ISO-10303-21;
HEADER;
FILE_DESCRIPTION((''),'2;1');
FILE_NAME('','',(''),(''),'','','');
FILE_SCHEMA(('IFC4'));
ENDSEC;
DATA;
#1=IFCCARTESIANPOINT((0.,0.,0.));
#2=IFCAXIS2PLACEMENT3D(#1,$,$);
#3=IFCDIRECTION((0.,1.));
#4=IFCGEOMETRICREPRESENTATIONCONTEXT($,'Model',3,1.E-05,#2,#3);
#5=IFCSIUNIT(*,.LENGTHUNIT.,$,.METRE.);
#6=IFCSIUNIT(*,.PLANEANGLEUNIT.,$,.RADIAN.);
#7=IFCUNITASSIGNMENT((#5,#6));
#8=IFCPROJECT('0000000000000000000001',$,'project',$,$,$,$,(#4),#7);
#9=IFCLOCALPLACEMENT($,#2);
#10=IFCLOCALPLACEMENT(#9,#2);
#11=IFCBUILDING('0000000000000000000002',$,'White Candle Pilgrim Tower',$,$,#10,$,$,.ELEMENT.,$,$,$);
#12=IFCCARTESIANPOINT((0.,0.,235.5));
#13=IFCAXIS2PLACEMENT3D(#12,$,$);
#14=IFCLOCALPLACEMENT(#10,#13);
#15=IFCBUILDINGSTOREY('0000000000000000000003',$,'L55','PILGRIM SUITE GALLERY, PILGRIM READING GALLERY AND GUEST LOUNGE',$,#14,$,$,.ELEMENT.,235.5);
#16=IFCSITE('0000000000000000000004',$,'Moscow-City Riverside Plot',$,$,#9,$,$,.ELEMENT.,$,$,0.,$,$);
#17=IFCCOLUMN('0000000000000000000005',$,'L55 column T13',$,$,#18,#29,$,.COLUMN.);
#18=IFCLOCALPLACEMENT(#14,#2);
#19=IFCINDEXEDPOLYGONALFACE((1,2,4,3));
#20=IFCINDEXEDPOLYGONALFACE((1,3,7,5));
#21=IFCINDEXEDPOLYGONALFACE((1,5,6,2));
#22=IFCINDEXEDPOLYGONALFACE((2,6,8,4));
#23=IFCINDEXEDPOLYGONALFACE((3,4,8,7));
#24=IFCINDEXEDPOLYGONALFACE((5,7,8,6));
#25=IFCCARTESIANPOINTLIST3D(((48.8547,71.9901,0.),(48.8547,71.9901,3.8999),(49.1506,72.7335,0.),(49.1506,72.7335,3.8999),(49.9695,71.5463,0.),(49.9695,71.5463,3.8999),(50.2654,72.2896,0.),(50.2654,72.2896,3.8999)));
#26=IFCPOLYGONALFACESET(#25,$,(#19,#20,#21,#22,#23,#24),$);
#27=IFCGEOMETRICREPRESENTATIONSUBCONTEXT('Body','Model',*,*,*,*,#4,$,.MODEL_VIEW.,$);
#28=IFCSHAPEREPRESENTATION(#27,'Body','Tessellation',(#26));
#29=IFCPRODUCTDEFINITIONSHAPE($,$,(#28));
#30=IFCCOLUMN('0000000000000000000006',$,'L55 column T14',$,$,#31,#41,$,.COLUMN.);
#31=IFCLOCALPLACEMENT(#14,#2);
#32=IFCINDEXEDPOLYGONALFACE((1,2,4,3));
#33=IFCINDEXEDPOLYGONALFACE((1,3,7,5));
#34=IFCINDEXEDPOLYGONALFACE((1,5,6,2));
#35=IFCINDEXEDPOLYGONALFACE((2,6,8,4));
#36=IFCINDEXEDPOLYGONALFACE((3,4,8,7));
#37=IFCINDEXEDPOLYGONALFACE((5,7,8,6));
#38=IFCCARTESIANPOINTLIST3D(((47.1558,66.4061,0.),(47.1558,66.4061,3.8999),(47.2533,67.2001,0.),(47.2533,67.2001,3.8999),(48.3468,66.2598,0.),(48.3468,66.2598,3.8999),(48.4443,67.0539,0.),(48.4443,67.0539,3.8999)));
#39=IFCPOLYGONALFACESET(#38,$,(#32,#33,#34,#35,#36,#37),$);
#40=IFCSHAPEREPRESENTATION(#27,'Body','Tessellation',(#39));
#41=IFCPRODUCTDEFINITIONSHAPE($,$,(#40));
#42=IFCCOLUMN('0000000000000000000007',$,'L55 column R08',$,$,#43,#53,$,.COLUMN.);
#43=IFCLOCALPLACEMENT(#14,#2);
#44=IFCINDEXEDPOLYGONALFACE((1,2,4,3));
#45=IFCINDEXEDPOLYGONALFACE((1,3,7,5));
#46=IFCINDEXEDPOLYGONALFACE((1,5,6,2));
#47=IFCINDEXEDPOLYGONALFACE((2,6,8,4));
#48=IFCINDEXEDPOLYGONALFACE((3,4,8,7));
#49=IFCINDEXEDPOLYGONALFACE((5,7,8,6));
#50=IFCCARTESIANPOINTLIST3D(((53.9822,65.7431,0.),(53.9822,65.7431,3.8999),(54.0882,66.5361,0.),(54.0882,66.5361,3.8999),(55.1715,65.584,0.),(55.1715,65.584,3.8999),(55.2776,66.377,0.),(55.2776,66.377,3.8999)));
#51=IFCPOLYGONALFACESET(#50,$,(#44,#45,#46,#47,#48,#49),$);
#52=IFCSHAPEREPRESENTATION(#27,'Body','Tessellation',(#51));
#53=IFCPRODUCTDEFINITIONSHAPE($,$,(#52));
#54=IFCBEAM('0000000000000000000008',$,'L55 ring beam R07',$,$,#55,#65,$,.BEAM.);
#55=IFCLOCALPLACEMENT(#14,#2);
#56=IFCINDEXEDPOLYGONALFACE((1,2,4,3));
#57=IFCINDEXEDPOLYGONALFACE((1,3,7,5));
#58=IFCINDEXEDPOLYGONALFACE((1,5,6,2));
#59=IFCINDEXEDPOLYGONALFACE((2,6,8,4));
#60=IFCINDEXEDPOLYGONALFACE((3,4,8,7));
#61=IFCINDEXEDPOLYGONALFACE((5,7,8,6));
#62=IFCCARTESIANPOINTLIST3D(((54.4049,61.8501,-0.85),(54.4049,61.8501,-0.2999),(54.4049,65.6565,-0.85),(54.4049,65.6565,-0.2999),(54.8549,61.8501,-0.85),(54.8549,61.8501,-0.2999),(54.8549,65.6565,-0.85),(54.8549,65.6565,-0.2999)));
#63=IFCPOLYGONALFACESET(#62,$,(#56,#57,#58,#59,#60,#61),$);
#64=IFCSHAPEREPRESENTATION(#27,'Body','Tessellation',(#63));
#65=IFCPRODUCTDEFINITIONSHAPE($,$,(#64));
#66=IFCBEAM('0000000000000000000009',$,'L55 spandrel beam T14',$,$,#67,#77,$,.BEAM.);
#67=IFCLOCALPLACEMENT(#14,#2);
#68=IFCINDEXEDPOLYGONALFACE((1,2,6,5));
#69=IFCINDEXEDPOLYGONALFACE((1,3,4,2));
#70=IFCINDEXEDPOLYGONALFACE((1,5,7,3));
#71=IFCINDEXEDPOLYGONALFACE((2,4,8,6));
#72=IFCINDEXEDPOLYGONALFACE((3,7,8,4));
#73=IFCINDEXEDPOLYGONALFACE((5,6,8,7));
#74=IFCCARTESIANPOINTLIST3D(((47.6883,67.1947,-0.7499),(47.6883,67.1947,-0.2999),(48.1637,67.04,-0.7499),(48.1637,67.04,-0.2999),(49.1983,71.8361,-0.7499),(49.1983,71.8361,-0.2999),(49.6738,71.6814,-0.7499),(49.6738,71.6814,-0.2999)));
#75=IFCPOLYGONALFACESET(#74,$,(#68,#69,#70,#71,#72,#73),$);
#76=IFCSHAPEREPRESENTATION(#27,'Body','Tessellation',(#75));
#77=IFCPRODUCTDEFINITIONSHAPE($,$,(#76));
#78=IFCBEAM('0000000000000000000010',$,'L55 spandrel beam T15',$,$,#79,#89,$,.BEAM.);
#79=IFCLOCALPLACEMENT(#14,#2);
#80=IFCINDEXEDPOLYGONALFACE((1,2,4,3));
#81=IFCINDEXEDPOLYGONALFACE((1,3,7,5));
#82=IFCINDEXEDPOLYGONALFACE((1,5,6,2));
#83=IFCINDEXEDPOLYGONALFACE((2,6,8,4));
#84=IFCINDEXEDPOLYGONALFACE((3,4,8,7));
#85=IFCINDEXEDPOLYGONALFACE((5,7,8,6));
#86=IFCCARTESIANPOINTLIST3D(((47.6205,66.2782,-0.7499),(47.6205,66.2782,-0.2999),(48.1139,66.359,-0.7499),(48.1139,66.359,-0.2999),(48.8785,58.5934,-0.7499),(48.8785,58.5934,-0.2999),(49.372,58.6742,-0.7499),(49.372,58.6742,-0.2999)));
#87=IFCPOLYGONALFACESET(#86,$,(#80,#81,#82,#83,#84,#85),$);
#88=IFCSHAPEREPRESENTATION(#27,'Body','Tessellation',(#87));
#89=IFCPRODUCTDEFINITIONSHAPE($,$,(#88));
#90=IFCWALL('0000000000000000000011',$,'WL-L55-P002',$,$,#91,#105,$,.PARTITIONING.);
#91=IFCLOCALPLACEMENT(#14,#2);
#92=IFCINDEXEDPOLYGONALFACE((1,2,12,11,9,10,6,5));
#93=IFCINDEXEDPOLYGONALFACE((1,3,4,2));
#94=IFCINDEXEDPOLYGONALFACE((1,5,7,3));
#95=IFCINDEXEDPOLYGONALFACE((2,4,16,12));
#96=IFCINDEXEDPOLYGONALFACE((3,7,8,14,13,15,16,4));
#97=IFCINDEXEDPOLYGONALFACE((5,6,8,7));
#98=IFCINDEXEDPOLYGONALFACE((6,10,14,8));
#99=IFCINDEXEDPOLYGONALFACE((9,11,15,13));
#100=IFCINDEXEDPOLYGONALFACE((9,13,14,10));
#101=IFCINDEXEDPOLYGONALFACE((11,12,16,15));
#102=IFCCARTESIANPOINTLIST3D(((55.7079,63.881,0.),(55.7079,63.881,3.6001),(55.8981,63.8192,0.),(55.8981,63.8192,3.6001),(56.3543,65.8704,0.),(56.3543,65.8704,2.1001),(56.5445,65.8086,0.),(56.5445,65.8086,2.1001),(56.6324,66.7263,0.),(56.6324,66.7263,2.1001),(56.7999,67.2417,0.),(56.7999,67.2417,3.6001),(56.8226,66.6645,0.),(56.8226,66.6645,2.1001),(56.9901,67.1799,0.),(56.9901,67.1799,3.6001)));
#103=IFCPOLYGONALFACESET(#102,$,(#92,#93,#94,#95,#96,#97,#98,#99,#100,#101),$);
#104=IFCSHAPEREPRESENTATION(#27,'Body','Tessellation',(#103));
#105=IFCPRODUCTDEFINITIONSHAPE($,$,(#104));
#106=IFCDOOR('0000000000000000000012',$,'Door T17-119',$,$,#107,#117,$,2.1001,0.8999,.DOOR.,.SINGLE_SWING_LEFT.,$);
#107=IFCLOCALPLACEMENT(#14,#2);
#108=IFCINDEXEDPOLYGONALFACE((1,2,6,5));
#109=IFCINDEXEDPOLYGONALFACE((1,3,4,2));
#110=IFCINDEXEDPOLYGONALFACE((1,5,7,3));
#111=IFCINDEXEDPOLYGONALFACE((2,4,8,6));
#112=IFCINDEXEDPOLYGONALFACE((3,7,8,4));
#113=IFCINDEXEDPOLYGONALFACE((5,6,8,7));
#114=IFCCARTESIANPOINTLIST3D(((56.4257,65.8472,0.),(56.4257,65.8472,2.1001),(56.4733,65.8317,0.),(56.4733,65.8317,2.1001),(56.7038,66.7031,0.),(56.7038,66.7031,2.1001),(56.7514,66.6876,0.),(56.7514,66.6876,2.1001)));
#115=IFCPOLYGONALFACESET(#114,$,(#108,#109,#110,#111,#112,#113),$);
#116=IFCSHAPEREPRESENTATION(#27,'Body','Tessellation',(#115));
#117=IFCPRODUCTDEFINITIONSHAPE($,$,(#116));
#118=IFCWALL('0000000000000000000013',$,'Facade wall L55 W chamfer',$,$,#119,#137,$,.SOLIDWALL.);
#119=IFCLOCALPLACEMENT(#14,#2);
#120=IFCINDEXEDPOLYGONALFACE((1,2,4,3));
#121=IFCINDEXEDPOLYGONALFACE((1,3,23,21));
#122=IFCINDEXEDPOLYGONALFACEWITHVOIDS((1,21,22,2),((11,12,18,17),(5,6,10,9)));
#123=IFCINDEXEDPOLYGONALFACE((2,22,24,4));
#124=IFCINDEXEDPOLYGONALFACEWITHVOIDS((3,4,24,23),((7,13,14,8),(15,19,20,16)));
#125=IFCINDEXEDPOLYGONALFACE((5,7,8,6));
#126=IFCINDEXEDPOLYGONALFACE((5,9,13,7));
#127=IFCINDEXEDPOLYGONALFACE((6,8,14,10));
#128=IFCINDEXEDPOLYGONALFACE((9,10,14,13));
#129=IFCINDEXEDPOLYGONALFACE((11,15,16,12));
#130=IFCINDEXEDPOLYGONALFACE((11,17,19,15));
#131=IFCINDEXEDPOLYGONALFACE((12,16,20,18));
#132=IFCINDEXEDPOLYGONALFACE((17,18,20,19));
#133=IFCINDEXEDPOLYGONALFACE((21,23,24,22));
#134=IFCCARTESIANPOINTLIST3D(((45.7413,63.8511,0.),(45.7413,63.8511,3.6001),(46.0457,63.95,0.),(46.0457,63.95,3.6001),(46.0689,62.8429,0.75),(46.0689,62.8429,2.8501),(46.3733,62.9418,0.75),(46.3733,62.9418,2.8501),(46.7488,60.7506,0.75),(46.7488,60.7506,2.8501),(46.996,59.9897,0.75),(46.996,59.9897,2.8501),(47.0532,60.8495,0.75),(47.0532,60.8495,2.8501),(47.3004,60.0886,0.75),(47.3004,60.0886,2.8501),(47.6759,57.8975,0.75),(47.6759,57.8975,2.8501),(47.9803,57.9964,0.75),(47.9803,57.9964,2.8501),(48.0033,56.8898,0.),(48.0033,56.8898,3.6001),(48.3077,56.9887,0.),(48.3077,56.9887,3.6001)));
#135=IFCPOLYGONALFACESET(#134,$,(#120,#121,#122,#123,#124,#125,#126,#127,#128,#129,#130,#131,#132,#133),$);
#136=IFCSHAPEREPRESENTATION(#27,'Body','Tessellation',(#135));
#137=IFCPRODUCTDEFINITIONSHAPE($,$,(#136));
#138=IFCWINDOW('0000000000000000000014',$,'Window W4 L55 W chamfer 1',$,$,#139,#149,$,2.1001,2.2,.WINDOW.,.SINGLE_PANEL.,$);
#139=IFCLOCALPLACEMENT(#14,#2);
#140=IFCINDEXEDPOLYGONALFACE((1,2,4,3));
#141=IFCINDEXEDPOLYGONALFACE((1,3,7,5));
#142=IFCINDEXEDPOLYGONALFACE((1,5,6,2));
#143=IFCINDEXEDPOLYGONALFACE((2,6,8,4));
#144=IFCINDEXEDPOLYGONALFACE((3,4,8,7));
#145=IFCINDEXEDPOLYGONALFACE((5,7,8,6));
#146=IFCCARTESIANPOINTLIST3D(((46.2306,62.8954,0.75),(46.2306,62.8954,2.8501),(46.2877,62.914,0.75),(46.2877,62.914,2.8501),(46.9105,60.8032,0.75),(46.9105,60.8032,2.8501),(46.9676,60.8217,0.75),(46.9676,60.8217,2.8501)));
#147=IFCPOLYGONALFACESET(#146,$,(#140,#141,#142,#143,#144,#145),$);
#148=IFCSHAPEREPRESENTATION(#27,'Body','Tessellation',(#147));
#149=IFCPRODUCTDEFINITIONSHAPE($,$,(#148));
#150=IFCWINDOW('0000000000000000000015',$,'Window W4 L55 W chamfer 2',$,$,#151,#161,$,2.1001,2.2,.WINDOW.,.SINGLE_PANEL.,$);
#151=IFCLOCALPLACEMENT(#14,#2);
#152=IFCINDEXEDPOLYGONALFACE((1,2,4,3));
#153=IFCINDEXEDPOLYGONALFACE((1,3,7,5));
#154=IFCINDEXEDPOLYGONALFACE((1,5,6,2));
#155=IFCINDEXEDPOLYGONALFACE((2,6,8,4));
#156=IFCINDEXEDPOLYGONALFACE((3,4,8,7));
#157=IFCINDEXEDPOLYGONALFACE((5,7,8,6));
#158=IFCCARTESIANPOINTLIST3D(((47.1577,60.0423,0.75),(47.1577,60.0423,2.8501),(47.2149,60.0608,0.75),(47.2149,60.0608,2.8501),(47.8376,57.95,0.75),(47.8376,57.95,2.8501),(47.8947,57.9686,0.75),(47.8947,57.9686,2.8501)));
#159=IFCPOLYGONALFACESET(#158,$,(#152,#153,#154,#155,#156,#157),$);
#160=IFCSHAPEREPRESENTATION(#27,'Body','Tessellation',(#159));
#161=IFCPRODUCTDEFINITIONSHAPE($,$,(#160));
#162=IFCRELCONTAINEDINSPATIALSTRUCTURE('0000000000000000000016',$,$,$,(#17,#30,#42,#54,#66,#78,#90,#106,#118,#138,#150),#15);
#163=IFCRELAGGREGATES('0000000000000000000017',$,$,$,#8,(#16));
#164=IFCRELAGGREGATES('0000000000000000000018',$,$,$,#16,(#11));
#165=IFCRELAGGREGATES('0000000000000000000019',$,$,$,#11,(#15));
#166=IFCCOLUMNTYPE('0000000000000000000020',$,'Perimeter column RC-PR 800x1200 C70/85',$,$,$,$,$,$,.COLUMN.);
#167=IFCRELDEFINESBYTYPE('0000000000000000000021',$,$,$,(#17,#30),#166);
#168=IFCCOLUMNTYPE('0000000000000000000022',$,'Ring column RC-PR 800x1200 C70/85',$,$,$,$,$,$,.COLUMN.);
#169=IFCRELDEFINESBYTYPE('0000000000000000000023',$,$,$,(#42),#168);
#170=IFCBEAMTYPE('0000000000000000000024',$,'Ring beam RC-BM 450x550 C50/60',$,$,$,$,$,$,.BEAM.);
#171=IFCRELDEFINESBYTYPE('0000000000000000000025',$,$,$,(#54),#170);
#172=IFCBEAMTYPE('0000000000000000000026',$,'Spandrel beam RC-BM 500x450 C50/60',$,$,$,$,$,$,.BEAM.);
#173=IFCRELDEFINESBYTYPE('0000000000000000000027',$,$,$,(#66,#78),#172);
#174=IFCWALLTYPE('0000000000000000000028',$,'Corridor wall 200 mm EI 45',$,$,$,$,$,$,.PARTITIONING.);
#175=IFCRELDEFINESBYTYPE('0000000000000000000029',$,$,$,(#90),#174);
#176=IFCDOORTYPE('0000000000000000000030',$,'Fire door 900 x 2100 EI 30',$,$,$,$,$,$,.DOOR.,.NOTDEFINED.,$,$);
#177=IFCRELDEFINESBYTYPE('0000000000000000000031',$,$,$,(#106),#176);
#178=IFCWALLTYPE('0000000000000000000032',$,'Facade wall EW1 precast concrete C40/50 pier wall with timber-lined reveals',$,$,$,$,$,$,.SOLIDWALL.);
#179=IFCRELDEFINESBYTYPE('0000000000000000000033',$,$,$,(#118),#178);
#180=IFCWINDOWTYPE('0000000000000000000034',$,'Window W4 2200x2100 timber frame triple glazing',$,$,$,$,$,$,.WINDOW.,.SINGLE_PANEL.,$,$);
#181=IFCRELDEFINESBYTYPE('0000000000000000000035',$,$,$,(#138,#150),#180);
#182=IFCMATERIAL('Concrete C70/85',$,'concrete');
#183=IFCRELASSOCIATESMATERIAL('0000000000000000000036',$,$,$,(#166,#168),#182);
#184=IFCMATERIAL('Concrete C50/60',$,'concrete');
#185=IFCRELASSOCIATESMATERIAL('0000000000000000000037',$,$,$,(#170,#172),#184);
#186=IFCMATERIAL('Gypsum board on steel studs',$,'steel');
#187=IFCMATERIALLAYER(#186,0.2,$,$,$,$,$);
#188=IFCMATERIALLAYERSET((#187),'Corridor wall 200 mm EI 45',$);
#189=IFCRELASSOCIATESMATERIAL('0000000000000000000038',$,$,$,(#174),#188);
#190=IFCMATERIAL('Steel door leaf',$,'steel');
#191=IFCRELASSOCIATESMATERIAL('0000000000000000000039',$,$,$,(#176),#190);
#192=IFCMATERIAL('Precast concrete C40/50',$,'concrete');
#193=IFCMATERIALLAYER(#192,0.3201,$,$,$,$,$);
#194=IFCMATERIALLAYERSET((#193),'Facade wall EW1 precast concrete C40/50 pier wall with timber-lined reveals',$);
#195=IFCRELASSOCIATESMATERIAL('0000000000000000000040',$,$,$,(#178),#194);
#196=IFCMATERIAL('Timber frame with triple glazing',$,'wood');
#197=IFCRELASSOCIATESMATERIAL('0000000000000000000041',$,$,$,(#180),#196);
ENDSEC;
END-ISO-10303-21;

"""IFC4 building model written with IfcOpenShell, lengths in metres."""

from ifc_helpers import new_model, si_unit, direction, frame, frame_2d, origin, origin_2d, place, context, subcontext, project, spatial, rectangle, extrude, material, layer, layer_set, material_profile, profile_set, type_object, element, fill, save


model = new_model("IFC4")

# Units and contexts
model_context = context("Model", 3, precision=1e-05, world=origin(), true_north=direction((0.0, 1.0)))
body_context = subcontext(model_context, "Body", "Model", "MODEL_VIEW")
ifc_project = project(units=[si_unit("LENGTHUNIT", "METRE"), si_unit("PLANEANGLEUNIT", "RADIAN")], contexts=[model_context])

# Site, building, storey
site_placement = place(None, origin())
site = spatial("IfcSite", under=ifc_project, at=site_placement, Name="Moscow-City Riverside Plot", CompositionType="ELEMENT", RefElevation=0.0)
building_placement = place(site_placement, origin())
building = spatial("IfcBuilding", under=site, at=building_placement, Name="White Candle Pilgrim Tower", CompositionType="ELEMENT")
storey_placement = place(building_placement, frame((0.0, 0.0, 235.5)))
storey = spatial("IfcBuildingStorey", under=building, at=storey_placement, Name="L55", Description="PILGRIM SUITE GALLERY, PILGRIM READING GALLERY AND GUEST LOUNGE", CompositionType="ELEMENT", Elevation=235.5)

# Columns
ifc_material_1 = material(Name="Concrete C70/85", Category="concrete")
ifc_material_profile_1 = material_profile(ifc_material_1, rectangle(XDim=0.8, YDim=1.2, at=origin_2d()), Name="RC-PR 800x1200")
ifc_profile_set_1 = profile_set([ifc_material_profile_1], Name="Concrete C70/85")
column_type_1 = type_object("IfcColumnType", Name="Perimeter column RC-PR 800x1200 C70/85", PredefinedType="COLUMN", material=ifc_profile_set_1)
for number, where, z_axis, x_axis, name in (
    (1, (49.5601, 72.1399, 0.0), (0.0, 0.0, 1.0), (0.36986, 0.929087, 0.0), "L55 column T13"),
    (2, (47.8, 66.73, 0.0), (0.0, 0.0, 1.0), (0.121869, 0.992546, 0.0), "L55 column T14"),
):
    element("IfcColumn", number, at=place(storey_placement, frame(where, z_axis=z_axis, x_axis=x_axis)), inside=storey, type_object=column_type_1, Name=name, PredefinedType="COLUMN", context=body_context, shape_type="SweptSolid", body=[
        extrude(rectangle(XDim=0.8, YDim=1.2, at=origin_2d()), origin(), (0.0, 0.0, 1.0), 3.8999),
    ])
ifc_material_profile_2 = material_profile(ifc_material_1, rectangle(XDim=0.8, YDim=1.2, at=origin_2d()), Name="RC-PR 800x1200")
ifc_profile_set_2 = profile_set([ifc_material_profile_2], Name="Concrete C70/85")
column_type_2 = type_object("IfcColumnType", Name="Ring column RC-PR 800x1200 C70/85", PredefinedType="COLUMN", material=ifc_profile_set_2)
column_placement = place(storey_placement, frame((54.6299, 66.0601, 0.0), z_axis=(0.0, 0.0, 1.0), x_axis=(0.132602, 0.991169, 0.0)))
element("IfcColumn", 3, at=column_placement, inside=storey, type_object=column_type_2, Name="L55 column R08", PredefinedType="COLUMN", context=body_context, shape_type="SweptSolid", body=[
    extrude(rectangle(XDim=0.8, YDim=1.2, at=origin_2d()), origin(), (0.0, 0.0, 1.0), 3.8999),
])

# Beams
ifc_material_2 = material(Name="Concrete C50/60", Category="concrete")
ifc_material_profile_3 = material_profile(ifc_material_2, rectangle(XDim=0.45, YDim=0.55, at=origin_2d()), Name="RC-BM 450x550")
ifc_profile_set_3 = profile_set([ifc_material_profile_3], Name="Concrete C50/60")
beam_type_1 = type_object("IfcBeamType", Name="Ring beam RC-BM 450x550 C50/60", PredefinedType="BEAM", material=ifc_profile_set_3)
beam_1_placement = place(storey_placement, frame((54.6299, 65.6565, -0.575), z_axis=(0.0, -1.0, 0.0), x_axis=(1.0, 0.0, 0.0)))
element("IfcBeam", 4, at=beam_1_placement, inside=storey, type_object=beam_type_1, Name="L55 ring beam R07", PredefinedType="BEAM", context=body_context, shape_type="SweptSolid", body=[
    extrude(rectangle(XDim=0.45, YDim=0.55, at=origin_2d()), origin(), (0.0, 0.0, 1.0), 3.8064),
])
ifc_material_profile_4 = material_profile(ifc_material_2, rectangle(XDim=0.5, YDim=0.45, at=origin_2d()), Name="RC-BM 500x450")
ifc_profile_set_4 = profile_set([ifc_material_profile_4], Name="Concrete C50/60")
beam_type_2 = type_object("IfcBeamType", Name="Spandrel beam RC-BM 500x450 C50/60", PredefinedType="BEAM", material=ifc_profile_set_4)
beam_2_placement = place(storey_placement, frame((49.436, 71.7588, -0.5249), z_axis=(-0.309377, -0.95094, 0.0), x_axis=(0.95094, -0.309377, 0.0)))
element("IfcBeam", 5, at=beam_2_placement, inside=storey, type_object=beam_type_2, Name="L55 spandrel beam T14", PredefinedType="BEAM", context=body_context, shape_type="SweptSolid", body=[
    extrude(rectangle(XDim=0.5, YDim=0.45, at=origin_2d()), origin(), (0.0, 0.0, 1.0), 4.8809),
])
beam_3_placement = place(storey_placement, frame((47.8672, 66.3186, -0.5249), z_axis=(0.161556, -0.986863, 0.0), x_axis=(0.986863, 0.161556, 0.0)))
element("IfcBeam", 6, at=beam_3_placement, inside=storey, type_object=beam_type_2, Name="L55 spandrel beam T15", PredefinedType="BEAM", context=body_context, shape_type="SweptSolid", body=[
    extrude(rectangle(XDim=0.5, YDim=0.45, at=origin_2d()), origin(), (0.0, 0.0, 1.0), 7.7871),
])

# Wall, opening, door
ifc_material_3 = material(Name="Gypsum board on steel studs", Category="steel")
ifc_layer_1 = layer(ifc_material_3, 0.2)
ifc_layer_set_1 = layer_set([ifc_layer_1], Name="Corridor wall 200 mm EI 45")
wall_type_1 = type_object("IfcWallType", Name="Corridor wall 200 mm EI 45", PredefinedType="PARTITIONING", material=ifc_layer_set_1)
wall_1_placement = place(storey_placement, frame((55.803, 63.8501, 0.0), z_axis=(0.0, 0.0, 1.0), x_axis=(0.309027, 0.951053, 0.0)))
wall_1 = element("IfcWall", 7, at=wall_1_placement, inside=storey, type_object=wall_type_1, Name="WL-L55-P002", PredefinedType="PARTITIONING", context=body_context, shape_type="SweptSolid", body=[
    extrude(rectangle(XDim=3.5337, YDim=0.2, at=frame_2d((1.7668, 0.0))), origin(), (0.0, 0.0, 1.0), 3.6001),
])
opening_1_placement = place(wall_1_placement, frame((2.0918, 0.0, 0.0)))
opening_1 = element("IfcOpeningElement", 8, at=opening_1_placement, cuts=wall_1, PredefinedType="OPENING", context=body_context, shape_type="SweptSolid", body=[
    extrude(rectangle(XDim=0.8999, YDim=2.1001, at=frame_2d((0.45, 1.05))), frame((0.0, 0.1099, 0.0), z_axis=(0.0, -1.0, 0.0), x_axis=(1.0, 0.0, 0.0)), (0.0, 0.0, 1.0), 0.22),
])
ifc_material_4 = material(Name="Steel door leaf", Category="steel")
door_type_1 = type_object("IfcDoorType", Name="Fire door 900 x 2100 EI 30", OperationType="NOTDEFINED", PredefinedType="DOOR", material=ifc_material_4)
door_1_placement = place(opening_1_placement, origin())
door_1 = element("IfcDoor", 9, at=door_1_placement, inside=storey, type_object=door_type_1, Name="Door T17-119", OperationType="SINGLE_SWING_LEFT", OverallHeight=2.1001, OverallWidth=0.8999, PredefinedType="DOOR", context=body_context, shape_type="SweptSolid", body=[
    extrude(rectangle(XDim=0.8999, YDim=2.1001, at=frame_2d((0.45, 1.05))), frame((0.0, 0.0249, 0.0), z_axis=(0.0, -1.0, 0.0), x_axis=(1.0, 0.0, 0.0)), (0.0, 0.0, 1.0), 0.05),
])
fill(opening_1, door_1)

# Wall, openings, windows
ifc_material_5 = material(Name="Precast concrete C40/50", Category="concrete")
ifc_layer_2 = layer(ifc_material_5, 0.3201)
ifc_layer_set_2 = layer_set([ifc_layer_2], Name="Facade wall EW1 precast concrete C40/50 pier wall with timber-lined reveals")
wall_type_2 = type_object("IfcWallType", Name="Facade wall EW1 precast concrete C40/50 pier wall with timber-lined reveals", PredefinedType="SOLIDWALL", material=ifc_layer_set_2)
wall_2_placement = place(storey_placement, frame((45.8936, 63.9004, 0.0), z_axis=(0.0, 0.0, 1.0), x_axis=(0.309034, -0.951051, 0.0)))
wall_2 = element("IfcWall", 10, at=wall_2_placement, inside=storey, type_object=wall_type_2, Name="Facade wall L55 W chamfer", PredefinedType="SOLIDWALL", context=body_context, shape_type="SweptSolid", body=[
    extrude(rectangle(XDim=7.3196, YDim=0.3201, at=frame_2d((3.6597, 0.0))), origin(), (0.0, 0.0, 1.0), 3.6001),
])
opening_2_placement = place(wall_2_placement, frame((1.0598, 0.0, 0.75)))
opening_2 = element("IfcOpeningElement", 11, at=opening_2_placement, cuts=wall_2, PredefinedType="OPENING", context=body_context, shape_type="SweptSolid", body=[
    extrude(rectangle(XDim=2.2, YDim=2.1001, at=frame_2d((1.1001, 1.05))), frame((0.0, 0.1699, 0.0), z_axis=(0.0, -1.0, 0.0), x_axis=(1.0, 0.0, 0.0)), (0.0, 0.0, 1.0), 0.3401),
])
opening_3_placement = place(wall_2_placement, frame((4.0598, 0.0, 0.75)))
opening_3 = element("IfcOpeningElement", 12, at=opening_3_placement, cuts=wall_2, PredefinedType="OPENING", context=body_context, shape_type="SweptSolid", body=[
    extrude(rectangle(XDim=2.2, YDim=2.1001, at=frame_2d((1.1001, 1.05))), frame((0.0, 0.1699, 0.0), z_axis=(0.0, -1.0, 0.0), x_axis=(1.0, 0.0, 0.0)), (0.0, 0.0, 1.0), 0.3401),
])
ifc_material_6 = material(Name="Timber frame with triple glazing", Category="wood")
window_type = type_object("IfcWindowType", Name="Window W4 2200x2100 timber frame triple glazing", PartitioningType="SINGLE_PANEL", PredefinedType="WINDOW", material=ifc_material_6)
window_1_placement = place(opening_2_placement, origin())
window_1 = element("IfcWindow", 13, at=window_1_placement, inside=storey, type_object=window_type, Name="Window W4 L55 W chamfer 1", OverallHeight=2.1001, OverallWidth=2.2, PartitioningType="SINGLE_PANEL", PredefinedType="WINDOW", context=body_context, shape_type="SweptSolid", body=[
    extrude(rectangle(XDim=2.2, YDim=2.1001, at=frame_2d((1.1001, 1.05))), frame((0.0, 0.0701, 0.0), z_axis=(0.0, -1.0, 0.0), x_axis=(1.0, 0.0, 0.0)), (0.0, 0.0, 1.0), 0.0601),
])
fill(opening_2, window_1)
window_2_placement = place(opening_3_placement, origin())
window_2 = element("IfcWindow", 14, at=window_2_placement, inside=storey, type_object=window_type, Name="Window W4 L55 W chamfer 2", OverallHeight=2.1001, OverallWidth=2.2, PartitioningType="SINGLE_PANEL", PredefinedType="WINDOW", context=body_context, shape_type="SweptSolid", body=[
    extrude(rectangle(XDim=2.2, YDim=2.1001, at=frame_2d((1.1001, 1.05))), frame((0.0, 0.0701, 0.0), z_axis=(0.0, -1.0, 0.0), x_axis=(1.0, 0.0, 0.0)), (0.0, 0.0, 1.0), 0.0601),
])
fill(opening_3, window_2)

save(model, "model.ifc")
